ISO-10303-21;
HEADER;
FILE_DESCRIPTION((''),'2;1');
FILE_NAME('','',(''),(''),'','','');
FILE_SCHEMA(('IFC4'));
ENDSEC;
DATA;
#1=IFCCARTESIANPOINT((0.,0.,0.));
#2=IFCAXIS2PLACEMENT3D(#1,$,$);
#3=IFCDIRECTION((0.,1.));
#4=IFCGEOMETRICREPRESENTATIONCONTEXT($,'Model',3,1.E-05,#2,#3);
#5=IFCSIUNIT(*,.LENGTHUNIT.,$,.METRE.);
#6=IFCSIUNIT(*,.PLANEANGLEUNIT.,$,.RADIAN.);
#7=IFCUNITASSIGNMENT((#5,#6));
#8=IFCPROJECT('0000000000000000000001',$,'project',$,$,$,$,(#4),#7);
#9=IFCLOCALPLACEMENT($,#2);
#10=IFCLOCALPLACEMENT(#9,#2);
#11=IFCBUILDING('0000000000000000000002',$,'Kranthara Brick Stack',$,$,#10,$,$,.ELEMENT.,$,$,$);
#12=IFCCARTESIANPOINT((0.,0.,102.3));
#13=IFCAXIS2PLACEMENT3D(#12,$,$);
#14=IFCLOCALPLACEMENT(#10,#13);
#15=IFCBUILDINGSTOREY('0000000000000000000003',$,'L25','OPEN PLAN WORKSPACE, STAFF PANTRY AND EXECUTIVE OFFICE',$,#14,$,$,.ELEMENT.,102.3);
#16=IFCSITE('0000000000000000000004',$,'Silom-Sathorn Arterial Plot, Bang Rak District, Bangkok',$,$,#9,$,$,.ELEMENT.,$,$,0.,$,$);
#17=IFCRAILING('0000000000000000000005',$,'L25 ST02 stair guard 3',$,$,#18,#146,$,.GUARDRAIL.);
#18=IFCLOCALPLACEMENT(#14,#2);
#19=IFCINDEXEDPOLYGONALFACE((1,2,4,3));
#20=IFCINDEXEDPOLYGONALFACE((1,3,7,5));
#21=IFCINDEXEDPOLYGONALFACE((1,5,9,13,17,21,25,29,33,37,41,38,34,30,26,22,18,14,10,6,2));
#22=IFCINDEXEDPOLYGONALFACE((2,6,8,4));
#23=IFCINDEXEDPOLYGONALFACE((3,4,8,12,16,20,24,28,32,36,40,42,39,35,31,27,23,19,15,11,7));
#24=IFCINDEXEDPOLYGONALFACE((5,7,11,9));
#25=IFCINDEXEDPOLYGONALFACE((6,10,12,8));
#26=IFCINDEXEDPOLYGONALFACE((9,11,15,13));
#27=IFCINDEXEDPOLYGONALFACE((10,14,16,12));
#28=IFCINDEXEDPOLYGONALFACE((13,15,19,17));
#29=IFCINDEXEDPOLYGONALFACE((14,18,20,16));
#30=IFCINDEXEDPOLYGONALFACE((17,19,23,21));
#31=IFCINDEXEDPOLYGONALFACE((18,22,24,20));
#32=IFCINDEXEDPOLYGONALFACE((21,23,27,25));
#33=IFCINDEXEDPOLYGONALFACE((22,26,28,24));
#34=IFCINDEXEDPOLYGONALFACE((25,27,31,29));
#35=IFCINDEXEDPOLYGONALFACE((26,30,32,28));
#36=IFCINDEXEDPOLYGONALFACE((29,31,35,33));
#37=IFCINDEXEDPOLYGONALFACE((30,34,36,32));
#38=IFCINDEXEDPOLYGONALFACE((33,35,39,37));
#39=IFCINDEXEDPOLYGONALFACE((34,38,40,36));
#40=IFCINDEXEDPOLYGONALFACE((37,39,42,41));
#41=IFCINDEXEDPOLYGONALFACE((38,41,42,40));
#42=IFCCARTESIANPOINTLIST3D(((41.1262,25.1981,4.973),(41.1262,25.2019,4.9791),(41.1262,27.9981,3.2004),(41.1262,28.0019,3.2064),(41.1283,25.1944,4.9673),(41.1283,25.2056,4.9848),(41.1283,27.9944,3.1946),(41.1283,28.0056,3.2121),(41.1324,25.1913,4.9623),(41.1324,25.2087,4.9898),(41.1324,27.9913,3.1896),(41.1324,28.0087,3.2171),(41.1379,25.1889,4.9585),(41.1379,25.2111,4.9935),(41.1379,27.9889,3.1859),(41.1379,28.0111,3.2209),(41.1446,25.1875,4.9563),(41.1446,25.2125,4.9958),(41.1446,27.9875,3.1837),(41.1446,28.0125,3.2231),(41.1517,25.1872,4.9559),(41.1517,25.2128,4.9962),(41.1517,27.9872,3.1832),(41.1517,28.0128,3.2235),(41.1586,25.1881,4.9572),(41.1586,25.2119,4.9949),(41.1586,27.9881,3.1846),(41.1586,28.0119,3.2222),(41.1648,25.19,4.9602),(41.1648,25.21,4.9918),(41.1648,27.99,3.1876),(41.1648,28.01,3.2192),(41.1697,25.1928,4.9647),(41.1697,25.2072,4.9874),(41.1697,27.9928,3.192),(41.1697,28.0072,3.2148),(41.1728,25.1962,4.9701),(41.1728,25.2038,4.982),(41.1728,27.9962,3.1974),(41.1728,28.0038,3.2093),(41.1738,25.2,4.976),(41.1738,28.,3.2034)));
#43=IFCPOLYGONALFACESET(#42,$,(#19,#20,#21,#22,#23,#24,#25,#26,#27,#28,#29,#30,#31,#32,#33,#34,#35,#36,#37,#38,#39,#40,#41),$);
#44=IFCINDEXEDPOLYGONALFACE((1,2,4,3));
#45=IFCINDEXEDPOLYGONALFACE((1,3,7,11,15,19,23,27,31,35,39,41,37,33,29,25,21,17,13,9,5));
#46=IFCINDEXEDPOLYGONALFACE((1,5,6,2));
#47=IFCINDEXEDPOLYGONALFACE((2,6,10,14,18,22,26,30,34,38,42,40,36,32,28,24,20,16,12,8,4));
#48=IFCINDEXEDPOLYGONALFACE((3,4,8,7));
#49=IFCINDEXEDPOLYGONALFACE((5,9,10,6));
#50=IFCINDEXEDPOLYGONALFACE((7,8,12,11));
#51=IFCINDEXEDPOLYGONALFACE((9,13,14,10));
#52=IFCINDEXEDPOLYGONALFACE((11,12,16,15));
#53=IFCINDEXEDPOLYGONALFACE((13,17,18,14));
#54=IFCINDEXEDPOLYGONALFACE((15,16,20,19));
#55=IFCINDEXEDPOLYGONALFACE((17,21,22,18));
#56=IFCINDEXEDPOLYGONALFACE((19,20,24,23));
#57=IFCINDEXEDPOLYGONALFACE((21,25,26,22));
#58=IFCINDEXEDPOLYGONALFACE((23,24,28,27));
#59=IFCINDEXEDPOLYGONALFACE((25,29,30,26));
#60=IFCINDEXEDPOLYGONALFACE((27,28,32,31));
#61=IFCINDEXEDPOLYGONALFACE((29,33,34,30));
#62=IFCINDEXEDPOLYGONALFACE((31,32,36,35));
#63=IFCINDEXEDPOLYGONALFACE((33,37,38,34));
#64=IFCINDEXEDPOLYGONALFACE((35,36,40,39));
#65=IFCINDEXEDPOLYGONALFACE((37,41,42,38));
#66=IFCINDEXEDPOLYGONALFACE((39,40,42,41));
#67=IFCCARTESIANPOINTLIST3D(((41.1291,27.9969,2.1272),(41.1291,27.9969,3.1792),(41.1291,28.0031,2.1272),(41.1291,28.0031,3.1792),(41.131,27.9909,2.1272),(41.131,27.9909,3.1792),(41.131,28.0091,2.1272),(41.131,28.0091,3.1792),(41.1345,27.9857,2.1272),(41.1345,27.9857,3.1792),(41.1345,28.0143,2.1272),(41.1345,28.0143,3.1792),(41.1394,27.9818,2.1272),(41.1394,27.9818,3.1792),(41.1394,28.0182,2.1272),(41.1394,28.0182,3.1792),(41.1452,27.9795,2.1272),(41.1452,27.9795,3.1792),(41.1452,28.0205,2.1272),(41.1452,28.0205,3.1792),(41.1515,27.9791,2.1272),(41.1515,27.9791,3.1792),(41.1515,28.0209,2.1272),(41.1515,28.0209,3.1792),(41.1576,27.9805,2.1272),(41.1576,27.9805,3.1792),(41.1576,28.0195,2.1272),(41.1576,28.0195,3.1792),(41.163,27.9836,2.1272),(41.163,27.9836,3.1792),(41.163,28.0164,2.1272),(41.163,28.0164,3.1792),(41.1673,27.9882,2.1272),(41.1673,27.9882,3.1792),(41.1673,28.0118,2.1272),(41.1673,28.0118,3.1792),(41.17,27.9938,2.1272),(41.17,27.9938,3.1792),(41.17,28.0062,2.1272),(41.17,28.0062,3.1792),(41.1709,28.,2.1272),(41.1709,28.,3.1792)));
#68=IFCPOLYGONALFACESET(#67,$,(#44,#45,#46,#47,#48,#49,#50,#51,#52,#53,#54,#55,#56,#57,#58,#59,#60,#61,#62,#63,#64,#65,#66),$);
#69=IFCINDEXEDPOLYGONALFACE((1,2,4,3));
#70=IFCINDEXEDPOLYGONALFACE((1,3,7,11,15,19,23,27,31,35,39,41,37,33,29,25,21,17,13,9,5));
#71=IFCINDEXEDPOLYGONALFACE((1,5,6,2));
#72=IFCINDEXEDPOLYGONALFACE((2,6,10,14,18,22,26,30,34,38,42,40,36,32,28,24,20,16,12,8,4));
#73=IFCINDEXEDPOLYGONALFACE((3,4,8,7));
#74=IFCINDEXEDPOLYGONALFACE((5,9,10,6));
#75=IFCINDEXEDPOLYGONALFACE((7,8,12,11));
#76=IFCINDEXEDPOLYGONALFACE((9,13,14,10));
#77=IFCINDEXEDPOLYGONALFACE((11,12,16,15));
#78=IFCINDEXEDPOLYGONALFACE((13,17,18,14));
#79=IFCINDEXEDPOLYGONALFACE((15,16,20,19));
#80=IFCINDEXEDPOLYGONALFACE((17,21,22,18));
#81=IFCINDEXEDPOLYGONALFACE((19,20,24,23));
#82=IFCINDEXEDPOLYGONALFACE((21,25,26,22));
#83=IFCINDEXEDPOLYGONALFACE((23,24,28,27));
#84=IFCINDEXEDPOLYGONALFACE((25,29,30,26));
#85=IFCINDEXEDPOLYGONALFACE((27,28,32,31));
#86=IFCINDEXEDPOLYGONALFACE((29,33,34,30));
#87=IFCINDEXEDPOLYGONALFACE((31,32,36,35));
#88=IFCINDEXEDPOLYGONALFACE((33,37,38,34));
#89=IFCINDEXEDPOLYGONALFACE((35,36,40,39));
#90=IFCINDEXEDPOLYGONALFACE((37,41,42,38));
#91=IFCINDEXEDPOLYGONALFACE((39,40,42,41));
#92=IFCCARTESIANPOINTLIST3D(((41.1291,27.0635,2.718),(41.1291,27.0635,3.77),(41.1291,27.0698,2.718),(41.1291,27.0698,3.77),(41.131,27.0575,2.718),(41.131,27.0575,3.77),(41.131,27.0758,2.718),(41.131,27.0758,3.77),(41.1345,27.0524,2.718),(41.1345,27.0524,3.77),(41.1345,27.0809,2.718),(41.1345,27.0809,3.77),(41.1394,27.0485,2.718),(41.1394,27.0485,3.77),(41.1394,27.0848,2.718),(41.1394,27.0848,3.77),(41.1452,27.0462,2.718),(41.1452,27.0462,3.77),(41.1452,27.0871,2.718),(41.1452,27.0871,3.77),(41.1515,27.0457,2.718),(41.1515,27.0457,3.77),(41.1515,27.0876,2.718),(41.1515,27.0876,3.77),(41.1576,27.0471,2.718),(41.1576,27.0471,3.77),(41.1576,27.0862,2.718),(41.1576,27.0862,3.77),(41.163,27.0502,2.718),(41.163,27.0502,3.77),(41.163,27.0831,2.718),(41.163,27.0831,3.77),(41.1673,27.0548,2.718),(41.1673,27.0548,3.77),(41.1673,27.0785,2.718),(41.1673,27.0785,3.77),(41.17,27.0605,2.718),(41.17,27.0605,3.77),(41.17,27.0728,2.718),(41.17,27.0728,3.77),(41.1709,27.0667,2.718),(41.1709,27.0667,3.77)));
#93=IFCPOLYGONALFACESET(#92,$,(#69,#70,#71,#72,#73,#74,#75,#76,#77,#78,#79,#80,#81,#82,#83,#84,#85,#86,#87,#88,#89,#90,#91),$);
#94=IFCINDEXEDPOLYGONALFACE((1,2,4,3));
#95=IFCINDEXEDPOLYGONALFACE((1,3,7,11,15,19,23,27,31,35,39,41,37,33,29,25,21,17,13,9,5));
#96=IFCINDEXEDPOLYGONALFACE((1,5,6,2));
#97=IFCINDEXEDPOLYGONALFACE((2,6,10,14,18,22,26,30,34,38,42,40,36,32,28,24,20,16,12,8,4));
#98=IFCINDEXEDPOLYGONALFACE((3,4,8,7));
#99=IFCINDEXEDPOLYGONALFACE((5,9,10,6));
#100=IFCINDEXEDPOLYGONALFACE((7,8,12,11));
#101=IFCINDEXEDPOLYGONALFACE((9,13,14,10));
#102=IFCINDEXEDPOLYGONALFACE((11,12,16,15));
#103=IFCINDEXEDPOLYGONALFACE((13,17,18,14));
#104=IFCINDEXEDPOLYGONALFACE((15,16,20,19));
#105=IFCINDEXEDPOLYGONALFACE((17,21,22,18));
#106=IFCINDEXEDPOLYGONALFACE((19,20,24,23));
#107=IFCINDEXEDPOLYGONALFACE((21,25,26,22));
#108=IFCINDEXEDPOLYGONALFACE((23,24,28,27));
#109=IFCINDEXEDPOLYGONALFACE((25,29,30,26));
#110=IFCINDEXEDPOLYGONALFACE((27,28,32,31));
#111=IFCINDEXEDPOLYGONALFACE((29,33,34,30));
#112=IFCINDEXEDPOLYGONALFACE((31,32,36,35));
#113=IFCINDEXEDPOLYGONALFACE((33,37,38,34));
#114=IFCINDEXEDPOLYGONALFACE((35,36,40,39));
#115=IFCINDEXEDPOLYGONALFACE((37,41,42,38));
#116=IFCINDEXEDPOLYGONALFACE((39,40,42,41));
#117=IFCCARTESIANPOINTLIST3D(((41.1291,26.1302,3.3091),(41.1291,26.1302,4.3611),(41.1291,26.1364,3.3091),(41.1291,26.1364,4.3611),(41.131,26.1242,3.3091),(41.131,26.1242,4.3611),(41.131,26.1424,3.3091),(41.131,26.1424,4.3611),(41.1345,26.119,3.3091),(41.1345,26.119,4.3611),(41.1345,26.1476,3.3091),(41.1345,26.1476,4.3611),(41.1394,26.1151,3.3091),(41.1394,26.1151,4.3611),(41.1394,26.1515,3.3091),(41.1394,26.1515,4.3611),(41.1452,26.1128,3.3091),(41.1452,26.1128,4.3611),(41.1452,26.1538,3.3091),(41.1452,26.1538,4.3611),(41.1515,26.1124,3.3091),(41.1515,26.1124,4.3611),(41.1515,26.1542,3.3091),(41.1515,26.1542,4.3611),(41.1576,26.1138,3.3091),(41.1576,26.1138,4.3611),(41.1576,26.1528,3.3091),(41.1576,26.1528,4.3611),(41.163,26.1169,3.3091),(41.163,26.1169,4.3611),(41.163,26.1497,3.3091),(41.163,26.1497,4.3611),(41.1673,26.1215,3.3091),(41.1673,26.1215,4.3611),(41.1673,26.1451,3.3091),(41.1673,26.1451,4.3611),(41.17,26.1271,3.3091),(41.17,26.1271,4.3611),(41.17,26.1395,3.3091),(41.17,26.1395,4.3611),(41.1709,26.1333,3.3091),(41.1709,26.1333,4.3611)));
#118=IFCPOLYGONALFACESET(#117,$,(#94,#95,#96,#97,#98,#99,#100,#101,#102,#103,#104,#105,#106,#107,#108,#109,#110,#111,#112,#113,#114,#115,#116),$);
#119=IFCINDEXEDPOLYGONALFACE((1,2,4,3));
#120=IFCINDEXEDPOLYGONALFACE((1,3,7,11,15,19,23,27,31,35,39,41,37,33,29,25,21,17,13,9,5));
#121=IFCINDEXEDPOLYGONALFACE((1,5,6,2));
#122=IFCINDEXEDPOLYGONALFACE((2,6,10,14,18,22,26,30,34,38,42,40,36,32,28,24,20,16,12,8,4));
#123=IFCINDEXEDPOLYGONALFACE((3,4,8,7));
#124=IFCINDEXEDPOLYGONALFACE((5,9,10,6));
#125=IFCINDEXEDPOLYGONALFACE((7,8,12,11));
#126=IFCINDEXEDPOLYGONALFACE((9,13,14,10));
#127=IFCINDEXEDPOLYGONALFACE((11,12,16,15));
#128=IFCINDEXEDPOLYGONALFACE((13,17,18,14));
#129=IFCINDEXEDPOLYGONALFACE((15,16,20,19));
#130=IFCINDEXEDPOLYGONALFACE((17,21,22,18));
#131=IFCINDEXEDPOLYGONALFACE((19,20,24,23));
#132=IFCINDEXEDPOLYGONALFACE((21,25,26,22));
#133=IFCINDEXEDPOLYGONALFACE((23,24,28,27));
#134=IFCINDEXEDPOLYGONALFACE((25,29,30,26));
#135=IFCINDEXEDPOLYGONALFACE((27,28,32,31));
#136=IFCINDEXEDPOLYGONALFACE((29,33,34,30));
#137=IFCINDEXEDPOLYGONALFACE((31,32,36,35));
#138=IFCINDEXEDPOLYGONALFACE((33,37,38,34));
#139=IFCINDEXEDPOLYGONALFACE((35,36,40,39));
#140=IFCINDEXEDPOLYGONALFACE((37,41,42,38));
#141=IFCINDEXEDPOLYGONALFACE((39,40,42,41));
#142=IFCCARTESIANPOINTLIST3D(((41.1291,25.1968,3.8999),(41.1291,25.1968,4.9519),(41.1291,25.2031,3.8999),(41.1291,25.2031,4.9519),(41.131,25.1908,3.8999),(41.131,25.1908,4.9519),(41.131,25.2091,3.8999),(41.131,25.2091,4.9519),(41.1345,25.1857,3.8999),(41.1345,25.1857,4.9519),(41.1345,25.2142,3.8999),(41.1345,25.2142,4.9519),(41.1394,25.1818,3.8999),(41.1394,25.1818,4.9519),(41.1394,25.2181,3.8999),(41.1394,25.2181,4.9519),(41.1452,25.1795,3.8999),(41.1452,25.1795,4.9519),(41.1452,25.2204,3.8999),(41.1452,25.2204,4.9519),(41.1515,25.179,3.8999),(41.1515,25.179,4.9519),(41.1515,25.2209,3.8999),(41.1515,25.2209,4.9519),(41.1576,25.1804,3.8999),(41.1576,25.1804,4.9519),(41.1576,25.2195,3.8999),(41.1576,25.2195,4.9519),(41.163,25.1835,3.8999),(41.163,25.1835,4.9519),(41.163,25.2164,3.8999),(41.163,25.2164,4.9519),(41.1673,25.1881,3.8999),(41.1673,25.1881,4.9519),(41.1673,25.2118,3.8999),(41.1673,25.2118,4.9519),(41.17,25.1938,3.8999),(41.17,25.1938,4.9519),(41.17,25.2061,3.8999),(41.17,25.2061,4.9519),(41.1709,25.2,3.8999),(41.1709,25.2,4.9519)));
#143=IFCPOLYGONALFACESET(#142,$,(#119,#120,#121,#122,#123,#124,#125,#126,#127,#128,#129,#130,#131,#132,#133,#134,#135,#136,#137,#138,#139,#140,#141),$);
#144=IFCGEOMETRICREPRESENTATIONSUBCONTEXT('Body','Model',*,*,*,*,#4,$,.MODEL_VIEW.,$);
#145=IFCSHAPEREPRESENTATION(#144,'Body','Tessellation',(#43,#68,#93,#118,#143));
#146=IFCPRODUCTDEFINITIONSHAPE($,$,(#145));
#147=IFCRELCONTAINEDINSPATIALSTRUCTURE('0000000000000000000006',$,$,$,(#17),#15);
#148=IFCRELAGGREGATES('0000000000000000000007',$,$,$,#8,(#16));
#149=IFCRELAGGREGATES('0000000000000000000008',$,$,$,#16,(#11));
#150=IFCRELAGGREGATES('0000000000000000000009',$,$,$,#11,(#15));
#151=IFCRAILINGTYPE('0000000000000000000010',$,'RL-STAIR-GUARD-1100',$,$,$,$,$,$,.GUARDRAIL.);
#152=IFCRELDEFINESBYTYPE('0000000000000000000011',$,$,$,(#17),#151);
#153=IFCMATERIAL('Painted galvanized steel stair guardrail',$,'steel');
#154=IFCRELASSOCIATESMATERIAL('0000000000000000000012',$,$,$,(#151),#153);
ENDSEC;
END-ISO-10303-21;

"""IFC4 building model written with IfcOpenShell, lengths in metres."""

from ifc_helpers import new_model, si_unit, direction, frame, origin, origin_2d, place, context, subcontext, project, spatial, circle, extrude, material, type_object, element, save


model = new_model("IFC4")

# Units and contexts
model_context = context("Model", 3, precision=1e-05, world=origin(), true_north=direction((0.0, 1.0)))
body_context = subcontext(model_context, "Body", "Model", "MODEL_VIEW")
ifc_project = project(units=[si_unit("LENGTHUNIT", "METRE"), si_unit("PLANEANGLEUNIT", "RADIAN")], contexts=[model_context])

# Site, building, storey
site_placement = place(None, origin())
site = spatial("IfcSite", under=ifc_project, at=site_placement, Name="Silom-Sathorn Arterial Plot, Bang Rak District, Bangkok", CompositionType="ELEMENT", RefElevation=0.0)
building_placement = place(site_placement, origin())
building = spatial("IfcBuilding", under=site, at=building_placement, Name="Kranthara Brick Stack", CompositionType="ELEMENT")
storey_placement = place(building_placement, frame((0.0, 0.0, 102.3)))
storey = spatial("IfcBuildingStorey", under=building, at=storey_placement, Name="L25", Description="OPEN PLAN WORKSPACE, STAFF PANTRY AND EXECUTIVE OFFICE", CompositionType="ELEMENT", Elevation=102.3)

# Railing
ifc_material_1 = material(Name="Painted galvanized steel stair guardrail", Category="steel")
railing_type_1 = type_object("IfcRailingType", Name="RL-STAIR-GUARD-1100", PredefinedType="GUARDRAIL", material=ifc_material_1)
railing_1_placement = place(storey_placement, frame((41.1499, 28.0, 2.1272)))
element("IfcRailing", 1, at=railing_1_placement, inside=storey, type_object=railing_type_1, Name="L25 ST02 stair guard 3", PredefinedType="GUARDRAIL", context=body_context, shape_type="SweptSolid", body=[
    extrude(circle(Radius=0.0239, at=origin_2d()), frame((0.0, 0.0, 1.0762), z_axis=(0.0, -0.844909, 0.53491), x_axis=(1.0, 0.0, 0.0)), (0.0, 0.0, 1.0), 3.314),
    extrude(circle(Radius=0.021, at=origin_2d()), origin(), (0.0, 0.0, 1.0), 1.052),
    extrude(circle(Radius=0.021, at=origin_2d()), frame((0.0, -0.9333, 0.5908)), (0.0, 0.0, 1.0), 1.052),
    extrude(circle(Radius=0.021, at=origin_2d()), frame((0.0, -1.8667, 1.1819)), (0.0, 0.0, 1.0), 1.052),
    extrude(circle(Radius=0.021, at=origin_2d()), frame((0.0, -2.8, 1.7727)), (0.0, 0.0, 1.0), 1.052),
])

save(model, "model.ifc")
